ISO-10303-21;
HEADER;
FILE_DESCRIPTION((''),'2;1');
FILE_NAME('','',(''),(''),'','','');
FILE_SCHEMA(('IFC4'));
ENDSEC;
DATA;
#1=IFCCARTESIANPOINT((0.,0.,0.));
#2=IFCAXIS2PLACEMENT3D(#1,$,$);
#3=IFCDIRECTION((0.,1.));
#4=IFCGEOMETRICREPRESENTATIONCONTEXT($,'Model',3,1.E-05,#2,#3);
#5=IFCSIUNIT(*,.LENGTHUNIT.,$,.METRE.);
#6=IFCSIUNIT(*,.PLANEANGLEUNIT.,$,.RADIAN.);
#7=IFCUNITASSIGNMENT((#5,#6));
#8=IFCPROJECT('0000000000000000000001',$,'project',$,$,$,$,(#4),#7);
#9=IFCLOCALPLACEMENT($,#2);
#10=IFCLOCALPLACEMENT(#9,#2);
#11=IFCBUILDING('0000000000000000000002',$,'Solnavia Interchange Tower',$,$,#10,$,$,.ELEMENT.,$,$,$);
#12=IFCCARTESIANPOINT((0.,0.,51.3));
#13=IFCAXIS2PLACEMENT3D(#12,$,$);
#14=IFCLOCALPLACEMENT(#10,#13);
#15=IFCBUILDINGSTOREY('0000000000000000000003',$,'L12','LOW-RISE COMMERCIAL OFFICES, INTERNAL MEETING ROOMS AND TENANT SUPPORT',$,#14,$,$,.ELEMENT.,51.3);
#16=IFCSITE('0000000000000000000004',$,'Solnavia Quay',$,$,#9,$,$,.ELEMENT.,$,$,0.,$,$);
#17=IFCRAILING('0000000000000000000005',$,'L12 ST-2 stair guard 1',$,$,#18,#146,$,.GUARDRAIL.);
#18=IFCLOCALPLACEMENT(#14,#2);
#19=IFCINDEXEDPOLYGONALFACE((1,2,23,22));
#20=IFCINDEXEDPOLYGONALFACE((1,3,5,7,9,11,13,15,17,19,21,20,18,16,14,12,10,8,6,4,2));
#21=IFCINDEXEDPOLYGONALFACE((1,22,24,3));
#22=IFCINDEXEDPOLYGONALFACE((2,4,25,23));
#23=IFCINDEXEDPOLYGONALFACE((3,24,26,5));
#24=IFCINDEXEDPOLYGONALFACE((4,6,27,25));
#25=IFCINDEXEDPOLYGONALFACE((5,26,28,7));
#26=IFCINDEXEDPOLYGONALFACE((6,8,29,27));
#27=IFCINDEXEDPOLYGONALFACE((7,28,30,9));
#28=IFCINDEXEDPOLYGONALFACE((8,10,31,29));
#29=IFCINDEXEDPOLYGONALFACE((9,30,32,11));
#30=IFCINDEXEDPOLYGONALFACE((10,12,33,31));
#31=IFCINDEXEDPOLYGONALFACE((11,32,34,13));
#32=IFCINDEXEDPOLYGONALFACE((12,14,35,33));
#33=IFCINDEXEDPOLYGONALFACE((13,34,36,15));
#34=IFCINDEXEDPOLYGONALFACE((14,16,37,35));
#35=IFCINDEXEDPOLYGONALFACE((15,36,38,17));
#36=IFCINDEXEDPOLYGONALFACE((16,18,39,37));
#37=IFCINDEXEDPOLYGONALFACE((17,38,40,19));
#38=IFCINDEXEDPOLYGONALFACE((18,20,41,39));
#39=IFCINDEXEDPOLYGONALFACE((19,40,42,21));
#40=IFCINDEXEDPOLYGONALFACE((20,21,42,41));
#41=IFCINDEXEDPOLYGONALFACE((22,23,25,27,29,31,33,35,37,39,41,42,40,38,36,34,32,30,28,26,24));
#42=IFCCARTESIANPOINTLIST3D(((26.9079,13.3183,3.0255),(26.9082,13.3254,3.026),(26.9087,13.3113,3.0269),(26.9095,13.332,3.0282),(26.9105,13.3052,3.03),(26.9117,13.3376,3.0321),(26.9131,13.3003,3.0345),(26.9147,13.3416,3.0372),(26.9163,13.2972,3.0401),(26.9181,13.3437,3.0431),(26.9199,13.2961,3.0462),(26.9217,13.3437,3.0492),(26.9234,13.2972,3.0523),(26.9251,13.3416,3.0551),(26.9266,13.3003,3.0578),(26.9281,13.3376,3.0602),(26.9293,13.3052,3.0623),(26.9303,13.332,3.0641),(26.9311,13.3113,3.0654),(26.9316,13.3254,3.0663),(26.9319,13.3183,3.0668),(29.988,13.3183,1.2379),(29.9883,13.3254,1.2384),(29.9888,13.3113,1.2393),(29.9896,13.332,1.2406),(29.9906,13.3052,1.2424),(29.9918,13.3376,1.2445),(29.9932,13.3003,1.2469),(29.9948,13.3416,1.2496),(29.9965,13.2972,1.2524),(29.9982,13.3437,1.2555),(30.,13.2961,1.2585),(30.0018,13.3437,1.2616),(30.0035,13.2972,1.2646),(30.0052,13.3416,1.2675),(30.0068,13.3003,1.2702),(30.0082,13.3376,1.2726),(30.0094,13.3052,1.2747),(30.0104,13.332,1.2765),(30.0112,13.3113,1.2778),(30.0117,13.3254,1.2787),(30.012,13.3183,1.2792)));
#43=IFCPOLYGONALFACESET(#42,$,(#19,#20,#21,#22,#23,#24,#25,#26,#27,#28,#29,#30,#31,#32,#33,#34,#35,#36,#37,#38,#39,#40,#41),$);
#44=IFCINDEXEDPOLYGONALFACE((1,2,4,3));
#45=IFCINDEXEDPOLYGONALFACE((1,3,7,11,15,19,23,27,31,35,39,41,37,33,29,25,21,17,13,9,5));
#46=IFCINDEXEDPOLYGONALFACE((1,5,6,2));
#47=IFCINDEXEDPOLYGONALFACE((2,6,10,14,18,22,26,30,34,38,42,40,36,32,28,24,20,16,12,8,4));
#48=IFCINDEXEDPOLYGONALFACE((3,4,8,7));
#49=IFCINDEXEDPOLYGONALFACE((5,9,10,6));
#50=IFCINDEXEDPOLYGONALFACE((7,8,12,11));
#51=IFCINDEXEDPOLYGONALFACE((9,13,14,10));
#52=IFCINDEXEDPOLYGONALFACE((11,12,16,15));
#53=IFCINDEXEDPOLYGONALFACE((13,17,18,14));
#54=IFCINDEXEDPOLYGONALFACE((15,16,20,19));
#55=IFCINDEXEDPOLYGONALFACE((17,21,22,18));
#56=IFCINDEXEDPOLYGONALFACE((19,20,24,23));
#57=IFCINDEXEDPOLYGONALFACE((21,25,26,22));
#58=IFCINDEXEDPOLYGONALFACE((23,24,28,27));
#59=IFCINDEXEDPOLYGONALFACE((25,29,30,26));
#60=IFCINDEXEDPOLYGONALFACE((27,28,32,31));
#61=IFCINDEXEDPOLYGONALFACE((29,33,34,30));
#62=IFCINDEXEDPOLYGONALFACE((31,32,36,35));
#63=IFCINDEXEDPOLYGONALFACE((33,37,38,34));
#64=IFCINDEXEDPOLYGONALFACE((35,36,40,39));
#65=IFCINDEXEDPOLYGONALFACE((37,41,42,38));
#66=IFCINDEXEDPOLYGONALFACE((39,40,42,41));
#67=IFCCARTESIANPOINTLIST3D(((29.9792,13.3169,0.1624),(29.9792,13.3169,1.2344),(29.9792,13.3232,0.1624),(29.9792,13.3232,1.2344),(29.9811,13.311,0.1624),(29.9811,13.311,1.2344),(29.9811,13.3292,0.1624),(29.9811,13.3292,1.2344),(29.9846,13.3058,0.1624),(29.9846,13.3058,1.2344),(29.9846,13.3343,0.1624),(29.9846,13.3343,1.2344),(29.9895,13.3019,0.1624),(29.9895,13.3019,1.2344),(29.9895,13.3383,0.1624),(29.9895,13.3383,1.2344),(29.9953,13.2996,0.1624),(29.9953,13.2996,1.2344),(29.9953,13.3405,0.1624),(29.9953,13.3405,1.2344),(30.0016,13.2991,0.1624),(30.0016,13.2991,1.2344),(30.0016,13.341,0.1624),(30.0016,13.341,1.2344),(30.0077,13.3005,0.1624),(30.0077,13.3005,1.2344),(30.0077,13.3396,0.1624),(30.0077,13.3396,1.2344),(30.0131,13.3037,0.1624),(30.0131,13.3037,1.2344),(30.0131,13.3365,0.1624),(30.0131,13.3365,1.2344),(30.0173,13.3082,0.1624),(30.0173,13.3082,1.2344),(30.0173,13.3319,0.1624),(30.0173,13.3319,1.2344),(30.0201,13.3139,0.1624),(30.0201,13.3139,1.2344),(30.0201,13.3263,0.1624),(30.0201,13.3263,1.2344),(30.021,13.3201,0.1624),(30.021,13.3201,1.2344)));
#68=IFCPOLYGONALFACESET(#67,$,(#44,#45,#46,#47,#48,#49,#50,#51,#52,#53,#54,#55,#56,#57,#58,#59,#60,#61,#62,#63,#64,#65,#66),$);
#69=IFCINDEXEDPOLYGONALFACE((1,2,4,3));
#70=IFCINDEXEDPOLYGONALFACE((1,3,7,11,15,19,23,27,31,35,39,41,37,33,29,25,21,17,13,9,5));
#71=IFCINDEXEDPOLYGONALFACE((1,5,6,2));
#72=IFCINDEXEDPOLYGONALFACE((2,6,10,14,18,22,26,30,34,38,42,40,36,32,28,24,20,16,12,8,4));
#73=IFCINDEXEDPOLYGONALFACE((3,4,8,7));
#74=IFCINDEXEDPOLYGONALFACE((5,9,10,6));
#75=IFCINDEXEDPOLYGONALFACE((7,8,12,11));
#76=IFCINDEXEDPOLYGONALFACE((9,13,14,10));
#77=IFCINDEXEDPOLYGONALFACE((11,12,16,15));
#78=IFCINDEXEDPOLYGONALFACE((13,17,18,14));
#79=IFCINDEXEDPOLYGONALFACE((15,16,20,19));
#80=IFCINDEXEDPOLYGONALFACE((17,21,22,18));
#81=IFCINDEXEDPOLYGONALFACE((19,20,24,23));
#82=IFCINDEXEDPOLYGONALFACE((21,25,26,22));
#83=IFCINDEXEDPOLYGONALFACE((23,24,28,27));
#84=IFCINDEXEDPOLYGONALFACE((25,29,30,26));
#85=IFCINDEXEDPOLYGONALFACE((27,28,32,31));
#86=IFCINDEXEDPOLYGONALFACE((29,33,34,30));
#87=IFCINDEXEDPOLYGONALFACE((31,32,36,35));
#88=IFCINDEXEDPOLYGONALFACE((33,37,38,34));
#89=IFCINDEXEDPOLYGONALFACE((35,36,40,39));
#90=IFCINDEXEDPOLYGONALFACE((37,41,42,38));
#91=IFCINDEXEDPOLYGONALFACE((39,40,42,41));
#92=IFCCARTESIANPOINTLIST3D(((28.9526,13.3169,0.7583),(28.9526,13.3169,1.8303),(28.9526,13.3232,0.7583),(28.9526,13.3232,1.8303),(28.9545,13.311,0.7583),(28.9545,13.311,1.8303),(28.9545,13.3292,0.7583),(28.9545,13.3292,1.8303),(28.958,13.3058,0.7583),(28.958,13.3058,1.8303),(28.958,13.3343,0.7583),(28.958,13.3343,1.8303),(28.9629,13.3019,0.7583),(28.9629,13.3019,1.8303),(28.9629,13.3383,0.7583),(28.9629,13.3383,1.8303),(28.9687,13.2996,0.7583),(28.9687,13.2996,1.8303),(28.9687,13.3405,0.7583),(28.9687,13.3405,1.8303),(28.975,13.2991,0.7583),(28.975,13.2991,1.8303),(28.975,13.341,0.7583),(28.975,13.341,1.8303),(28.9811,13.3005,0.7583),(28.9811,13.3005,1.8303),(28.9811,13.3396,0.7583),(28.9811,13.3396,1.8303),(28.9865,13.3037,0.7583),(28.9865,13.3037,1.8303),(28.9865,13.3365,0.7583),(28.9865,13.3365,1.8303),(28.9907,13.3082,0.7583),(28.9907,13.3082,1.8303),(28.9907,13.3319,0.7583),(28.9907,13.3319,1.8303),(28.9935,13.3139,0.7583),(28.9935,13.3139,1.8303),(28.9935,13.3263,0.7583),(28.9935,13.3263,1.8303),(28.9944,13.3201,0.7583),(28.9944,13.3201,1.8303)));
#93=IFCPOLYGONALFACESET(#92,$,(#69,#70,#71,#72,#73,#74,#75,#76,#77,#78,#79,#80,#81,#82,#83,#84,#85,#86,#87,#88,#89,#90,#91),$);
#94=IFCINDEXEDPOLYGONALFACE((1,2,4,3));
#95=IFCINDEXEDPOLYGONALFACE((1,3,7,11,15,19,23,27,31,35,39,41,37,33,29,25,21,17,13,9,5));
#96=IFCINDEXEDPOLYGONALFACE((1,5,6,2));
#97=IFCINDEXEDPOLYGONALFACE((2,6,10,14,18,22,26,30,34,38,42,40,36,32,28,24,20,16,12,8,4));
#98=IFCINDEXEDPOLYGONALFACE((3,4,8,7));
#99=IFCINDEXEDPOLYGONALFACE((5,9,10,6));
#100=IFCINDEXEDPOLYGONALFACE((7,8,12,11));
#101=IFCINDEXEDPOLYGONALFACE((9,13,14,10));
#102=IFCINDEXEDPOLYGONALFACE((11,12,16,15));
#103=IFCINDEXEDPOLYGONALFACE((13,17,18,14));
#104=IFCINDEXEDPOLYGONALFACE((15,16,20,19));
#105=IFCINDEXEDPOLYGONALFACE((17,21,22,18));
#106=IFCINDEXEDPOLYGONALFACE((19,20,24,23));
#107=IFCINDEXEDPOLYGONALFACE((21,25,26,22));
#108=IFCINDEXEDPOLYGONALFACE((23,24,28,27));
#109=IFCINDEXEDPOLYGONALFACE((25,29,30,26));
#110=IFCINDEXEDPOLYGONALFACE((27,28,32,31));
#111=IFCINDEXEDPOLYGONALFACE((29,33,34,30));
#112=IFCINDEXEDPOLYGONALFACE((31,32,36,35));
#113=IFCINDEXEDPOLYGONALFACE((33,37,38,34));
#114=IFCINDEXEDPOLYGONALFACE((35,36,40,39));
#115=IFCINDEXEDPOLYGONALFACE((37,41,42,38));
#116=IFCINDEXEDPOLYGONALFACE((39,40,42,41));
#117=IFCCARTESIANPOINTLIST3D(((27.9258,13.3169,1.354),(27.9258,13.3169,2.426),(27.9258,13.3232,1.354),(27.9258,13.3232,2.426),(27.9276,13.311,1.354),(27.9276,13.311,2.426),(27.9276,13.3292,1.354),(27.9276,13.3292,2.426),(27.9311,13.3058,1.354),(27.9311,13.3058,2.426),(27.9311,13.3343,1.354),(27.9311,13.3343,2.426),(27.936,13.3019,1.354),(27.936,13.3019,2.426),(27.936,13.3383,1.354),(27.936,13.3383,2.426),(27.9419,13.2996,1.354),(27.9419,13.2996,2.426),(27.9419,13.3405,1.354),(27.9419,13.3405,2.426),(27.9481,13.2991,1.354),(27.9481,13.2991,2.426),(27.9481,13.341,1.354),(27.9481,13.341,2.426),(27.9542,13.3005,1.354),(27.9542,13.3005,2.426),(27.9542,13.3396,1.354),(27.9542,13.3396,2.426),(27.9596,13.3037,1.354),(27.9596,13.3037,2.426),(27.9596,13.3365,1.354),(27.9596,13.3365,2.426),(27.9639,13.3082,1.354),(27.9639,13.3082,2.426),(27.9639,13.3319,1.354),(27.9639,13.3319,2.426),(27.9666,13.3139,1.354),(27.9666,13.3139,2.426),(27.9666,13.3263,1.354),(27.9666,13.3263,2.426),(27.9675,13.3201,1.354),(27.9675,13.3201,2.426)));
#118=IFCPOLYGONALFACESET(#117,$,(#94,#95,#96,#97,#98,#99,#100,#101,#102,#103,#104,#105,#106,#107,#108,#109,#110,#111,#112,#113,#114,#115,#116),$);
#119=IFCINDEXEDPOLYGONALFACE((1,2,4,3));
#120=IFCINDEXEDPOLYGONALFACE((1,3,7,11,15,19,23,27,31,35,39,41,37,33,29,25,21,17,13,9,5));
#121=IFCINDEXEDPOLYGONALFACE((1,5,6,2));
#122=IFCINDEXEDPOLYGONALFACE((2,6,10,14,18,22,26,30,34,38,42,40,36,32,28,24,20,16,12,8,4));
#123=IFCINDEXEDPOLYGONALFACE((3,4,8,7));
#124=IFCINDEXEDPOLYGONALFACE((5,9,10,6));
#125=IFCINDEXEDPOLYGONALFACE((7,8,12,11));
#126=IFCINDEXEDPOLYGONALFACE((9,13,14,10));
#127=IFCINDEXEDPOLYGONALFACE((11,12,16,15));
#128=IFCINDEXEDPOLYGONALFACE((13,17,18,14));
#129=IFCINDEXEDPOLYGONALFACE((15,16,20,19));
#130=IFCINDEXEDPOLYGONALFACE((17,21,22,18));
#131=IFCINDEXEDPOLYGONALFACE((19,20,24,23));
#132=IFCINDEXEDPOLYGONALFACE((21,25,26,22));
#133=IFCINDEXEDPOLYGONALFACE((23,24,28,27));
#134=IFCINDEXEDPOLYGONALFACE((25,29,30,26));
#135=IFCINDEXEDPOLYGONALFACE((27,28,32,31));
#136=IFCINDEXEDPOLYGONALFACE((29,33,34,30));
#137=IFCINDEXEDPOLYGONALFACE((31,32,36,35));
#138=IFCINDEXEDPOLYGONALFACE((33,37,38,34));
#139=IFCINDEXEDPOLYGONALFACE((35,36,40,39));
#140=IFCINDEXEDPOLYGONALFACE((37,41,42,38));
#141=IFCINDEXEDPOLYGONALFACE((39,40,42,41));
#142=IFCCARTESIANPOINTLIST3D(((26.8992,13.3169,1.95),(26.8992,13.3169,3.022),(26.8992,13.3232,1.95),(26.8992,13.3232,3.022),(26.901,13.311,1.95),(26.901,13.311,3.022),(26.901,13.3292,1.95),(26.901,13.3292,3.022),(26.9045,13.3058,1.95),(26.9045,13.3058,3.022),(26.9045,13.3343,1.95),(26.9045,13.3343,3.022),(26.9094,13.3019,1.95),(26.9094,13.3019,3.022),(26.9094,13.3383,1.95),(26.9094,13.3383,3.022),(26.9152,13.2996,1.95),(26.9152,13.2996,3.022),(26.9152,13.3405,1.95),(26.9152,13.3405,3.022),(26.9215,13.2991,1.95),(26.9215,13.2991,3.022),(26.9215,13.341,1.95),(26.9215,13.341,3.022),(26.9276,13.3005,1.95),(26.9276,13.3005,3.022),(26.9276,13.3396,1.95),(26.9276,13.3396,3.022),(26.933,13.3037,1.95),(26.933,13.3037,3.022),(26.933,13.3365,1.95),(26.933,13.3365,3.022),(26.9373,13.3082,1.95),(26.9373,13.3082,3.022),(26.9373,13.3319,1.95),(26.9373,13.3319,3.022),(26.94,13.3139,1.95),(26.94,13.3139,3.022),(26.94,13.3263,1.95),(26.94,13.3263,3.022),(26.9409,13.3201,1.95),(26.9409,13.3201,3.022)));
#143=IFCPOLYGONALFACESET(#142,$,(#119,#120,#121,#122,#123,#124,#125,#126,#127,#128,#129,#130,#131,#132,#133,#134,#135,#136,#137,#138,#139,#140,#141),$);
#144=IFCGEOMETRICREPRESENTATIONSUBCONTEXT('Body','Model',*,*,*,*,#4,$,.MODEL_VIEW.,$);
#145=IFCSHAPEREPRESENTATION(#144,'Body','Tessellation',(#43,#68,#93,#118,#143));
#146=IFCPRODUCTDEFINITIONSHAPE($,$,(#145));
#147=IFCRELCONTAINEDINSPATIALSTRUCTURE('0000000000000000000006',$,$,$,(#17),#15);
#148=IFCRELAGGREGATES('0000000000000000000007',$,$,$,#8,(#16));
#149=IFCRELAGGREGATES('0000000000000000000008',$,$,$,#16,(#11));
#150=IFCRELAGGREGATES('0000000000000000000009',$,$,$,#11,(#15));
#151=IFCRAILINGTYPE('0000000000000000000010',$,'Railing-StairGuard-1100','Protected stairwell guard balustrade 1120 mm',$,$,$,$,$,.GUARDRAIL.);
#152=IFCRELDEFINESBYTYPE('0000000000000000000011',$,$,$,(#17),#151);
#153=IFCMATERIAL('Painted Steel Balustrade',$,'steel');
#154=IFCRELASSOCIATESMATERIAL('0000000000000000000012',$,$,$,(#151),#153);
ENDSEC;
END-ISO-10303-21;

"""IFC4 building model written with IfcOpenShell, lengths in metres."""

from ifc_helpers import new_model, si_unit, direction, frame, origin, origin_2d, place, context, subcontext, project, spatial, circle, extrude, material, type_object, element, save


model = new_model("IFC4")

# Units and contexts
model_context = context("Model", 3, precision=1e-05, world=origin(), true_north=direction((0.0, 1.0)))
body_context = subcontext(model_context, "Body", "Model", "MODEL_VIEW")
ifc_project = project(units=[si_unit("LENGTHUNIT", "METRE"), si_unit("PLANEANGLEUNIT", "RADIAN")], contexts=[model_context])

# Site, building, storey
site_placement = place(None, origin())
site = spatial("IfcSite", under=ifc_project, at=site_placement, Name="Solnavia Quay", CompositionType="ELEMENT", RefElevation=0.0)
building_placement = place(site_placement, origin())
building = spatial("IfcBuilding", under=site, at=building_placement, Name="Solnavia Interchange Tower", CompositionType="ELEMENT")
storey_placement = place(building_placement, frame((0.0, 0.0, 51.3)))
storey = spatial("IfcBuildingStorey", under=building, at=storey_placement, Name="L12", Description="LOW-RISE COMMERCIAL OFFICES, INTERNAL MEETING ROOMS AND TENANT SUPPORT", CompositionType="ELEMENT", Elevation=51.3)

# Railing
ifc_material_1 = material(Name="Painted Steel Balustrade", Category="steel")
railing_type_1 = type_object("IfcRailingType", Name="Railing-StairGuard-1100", Description="Protected stairwell guard balustrade 1120 mm", PredefinedType="GUARDRAIL", material=ifc_material_1)
railing_1_placement = place(storey_placement, frame((30.0, 13.3201, 0.1624)))
element("IfcRailing", 1, at=railing_1_placement, inside=storey, type_object=railing_type_1, Name="L12 ST-2 stair guard 1", PredefinedType="GUARDRAIL", context=body_context, shape_type="SweptSolid", body=[
    extrude(circle(Radius=0.0239, at=origin_2d()), frame((0.0, 0.0, 1.0962), z_axis=(-0.864891, 0.0, 0.50196), x_axis=(0.0, -1.0, 0.0)), (0.0, 0.0, 1.0), 3.5613),
    extrude(circle(Radius=0.021, at=origin_2d()), origin(), (0.0, 0.0, 1.0), 1.072),
    extrude(circle(Radius=0.021, at=origin_2d()), frame((-1.0266, 0.0, 0.5959)), (0.0, 0.0, 1.0), 1.072),
    extrude(circle(Radius=0.021, at=origin_2d()), frame((-2.0535, 0.0, 1.1917)), (0.0, 0.0, 1.0), 1.072),
    extrude(circle(Radius=0.021, at=origin_2d()), frame((-3.0801, 0.0, 1.7876)), (0.0, 0.0, 1.0), 1.072),
])

save(model, "model.ifc")
